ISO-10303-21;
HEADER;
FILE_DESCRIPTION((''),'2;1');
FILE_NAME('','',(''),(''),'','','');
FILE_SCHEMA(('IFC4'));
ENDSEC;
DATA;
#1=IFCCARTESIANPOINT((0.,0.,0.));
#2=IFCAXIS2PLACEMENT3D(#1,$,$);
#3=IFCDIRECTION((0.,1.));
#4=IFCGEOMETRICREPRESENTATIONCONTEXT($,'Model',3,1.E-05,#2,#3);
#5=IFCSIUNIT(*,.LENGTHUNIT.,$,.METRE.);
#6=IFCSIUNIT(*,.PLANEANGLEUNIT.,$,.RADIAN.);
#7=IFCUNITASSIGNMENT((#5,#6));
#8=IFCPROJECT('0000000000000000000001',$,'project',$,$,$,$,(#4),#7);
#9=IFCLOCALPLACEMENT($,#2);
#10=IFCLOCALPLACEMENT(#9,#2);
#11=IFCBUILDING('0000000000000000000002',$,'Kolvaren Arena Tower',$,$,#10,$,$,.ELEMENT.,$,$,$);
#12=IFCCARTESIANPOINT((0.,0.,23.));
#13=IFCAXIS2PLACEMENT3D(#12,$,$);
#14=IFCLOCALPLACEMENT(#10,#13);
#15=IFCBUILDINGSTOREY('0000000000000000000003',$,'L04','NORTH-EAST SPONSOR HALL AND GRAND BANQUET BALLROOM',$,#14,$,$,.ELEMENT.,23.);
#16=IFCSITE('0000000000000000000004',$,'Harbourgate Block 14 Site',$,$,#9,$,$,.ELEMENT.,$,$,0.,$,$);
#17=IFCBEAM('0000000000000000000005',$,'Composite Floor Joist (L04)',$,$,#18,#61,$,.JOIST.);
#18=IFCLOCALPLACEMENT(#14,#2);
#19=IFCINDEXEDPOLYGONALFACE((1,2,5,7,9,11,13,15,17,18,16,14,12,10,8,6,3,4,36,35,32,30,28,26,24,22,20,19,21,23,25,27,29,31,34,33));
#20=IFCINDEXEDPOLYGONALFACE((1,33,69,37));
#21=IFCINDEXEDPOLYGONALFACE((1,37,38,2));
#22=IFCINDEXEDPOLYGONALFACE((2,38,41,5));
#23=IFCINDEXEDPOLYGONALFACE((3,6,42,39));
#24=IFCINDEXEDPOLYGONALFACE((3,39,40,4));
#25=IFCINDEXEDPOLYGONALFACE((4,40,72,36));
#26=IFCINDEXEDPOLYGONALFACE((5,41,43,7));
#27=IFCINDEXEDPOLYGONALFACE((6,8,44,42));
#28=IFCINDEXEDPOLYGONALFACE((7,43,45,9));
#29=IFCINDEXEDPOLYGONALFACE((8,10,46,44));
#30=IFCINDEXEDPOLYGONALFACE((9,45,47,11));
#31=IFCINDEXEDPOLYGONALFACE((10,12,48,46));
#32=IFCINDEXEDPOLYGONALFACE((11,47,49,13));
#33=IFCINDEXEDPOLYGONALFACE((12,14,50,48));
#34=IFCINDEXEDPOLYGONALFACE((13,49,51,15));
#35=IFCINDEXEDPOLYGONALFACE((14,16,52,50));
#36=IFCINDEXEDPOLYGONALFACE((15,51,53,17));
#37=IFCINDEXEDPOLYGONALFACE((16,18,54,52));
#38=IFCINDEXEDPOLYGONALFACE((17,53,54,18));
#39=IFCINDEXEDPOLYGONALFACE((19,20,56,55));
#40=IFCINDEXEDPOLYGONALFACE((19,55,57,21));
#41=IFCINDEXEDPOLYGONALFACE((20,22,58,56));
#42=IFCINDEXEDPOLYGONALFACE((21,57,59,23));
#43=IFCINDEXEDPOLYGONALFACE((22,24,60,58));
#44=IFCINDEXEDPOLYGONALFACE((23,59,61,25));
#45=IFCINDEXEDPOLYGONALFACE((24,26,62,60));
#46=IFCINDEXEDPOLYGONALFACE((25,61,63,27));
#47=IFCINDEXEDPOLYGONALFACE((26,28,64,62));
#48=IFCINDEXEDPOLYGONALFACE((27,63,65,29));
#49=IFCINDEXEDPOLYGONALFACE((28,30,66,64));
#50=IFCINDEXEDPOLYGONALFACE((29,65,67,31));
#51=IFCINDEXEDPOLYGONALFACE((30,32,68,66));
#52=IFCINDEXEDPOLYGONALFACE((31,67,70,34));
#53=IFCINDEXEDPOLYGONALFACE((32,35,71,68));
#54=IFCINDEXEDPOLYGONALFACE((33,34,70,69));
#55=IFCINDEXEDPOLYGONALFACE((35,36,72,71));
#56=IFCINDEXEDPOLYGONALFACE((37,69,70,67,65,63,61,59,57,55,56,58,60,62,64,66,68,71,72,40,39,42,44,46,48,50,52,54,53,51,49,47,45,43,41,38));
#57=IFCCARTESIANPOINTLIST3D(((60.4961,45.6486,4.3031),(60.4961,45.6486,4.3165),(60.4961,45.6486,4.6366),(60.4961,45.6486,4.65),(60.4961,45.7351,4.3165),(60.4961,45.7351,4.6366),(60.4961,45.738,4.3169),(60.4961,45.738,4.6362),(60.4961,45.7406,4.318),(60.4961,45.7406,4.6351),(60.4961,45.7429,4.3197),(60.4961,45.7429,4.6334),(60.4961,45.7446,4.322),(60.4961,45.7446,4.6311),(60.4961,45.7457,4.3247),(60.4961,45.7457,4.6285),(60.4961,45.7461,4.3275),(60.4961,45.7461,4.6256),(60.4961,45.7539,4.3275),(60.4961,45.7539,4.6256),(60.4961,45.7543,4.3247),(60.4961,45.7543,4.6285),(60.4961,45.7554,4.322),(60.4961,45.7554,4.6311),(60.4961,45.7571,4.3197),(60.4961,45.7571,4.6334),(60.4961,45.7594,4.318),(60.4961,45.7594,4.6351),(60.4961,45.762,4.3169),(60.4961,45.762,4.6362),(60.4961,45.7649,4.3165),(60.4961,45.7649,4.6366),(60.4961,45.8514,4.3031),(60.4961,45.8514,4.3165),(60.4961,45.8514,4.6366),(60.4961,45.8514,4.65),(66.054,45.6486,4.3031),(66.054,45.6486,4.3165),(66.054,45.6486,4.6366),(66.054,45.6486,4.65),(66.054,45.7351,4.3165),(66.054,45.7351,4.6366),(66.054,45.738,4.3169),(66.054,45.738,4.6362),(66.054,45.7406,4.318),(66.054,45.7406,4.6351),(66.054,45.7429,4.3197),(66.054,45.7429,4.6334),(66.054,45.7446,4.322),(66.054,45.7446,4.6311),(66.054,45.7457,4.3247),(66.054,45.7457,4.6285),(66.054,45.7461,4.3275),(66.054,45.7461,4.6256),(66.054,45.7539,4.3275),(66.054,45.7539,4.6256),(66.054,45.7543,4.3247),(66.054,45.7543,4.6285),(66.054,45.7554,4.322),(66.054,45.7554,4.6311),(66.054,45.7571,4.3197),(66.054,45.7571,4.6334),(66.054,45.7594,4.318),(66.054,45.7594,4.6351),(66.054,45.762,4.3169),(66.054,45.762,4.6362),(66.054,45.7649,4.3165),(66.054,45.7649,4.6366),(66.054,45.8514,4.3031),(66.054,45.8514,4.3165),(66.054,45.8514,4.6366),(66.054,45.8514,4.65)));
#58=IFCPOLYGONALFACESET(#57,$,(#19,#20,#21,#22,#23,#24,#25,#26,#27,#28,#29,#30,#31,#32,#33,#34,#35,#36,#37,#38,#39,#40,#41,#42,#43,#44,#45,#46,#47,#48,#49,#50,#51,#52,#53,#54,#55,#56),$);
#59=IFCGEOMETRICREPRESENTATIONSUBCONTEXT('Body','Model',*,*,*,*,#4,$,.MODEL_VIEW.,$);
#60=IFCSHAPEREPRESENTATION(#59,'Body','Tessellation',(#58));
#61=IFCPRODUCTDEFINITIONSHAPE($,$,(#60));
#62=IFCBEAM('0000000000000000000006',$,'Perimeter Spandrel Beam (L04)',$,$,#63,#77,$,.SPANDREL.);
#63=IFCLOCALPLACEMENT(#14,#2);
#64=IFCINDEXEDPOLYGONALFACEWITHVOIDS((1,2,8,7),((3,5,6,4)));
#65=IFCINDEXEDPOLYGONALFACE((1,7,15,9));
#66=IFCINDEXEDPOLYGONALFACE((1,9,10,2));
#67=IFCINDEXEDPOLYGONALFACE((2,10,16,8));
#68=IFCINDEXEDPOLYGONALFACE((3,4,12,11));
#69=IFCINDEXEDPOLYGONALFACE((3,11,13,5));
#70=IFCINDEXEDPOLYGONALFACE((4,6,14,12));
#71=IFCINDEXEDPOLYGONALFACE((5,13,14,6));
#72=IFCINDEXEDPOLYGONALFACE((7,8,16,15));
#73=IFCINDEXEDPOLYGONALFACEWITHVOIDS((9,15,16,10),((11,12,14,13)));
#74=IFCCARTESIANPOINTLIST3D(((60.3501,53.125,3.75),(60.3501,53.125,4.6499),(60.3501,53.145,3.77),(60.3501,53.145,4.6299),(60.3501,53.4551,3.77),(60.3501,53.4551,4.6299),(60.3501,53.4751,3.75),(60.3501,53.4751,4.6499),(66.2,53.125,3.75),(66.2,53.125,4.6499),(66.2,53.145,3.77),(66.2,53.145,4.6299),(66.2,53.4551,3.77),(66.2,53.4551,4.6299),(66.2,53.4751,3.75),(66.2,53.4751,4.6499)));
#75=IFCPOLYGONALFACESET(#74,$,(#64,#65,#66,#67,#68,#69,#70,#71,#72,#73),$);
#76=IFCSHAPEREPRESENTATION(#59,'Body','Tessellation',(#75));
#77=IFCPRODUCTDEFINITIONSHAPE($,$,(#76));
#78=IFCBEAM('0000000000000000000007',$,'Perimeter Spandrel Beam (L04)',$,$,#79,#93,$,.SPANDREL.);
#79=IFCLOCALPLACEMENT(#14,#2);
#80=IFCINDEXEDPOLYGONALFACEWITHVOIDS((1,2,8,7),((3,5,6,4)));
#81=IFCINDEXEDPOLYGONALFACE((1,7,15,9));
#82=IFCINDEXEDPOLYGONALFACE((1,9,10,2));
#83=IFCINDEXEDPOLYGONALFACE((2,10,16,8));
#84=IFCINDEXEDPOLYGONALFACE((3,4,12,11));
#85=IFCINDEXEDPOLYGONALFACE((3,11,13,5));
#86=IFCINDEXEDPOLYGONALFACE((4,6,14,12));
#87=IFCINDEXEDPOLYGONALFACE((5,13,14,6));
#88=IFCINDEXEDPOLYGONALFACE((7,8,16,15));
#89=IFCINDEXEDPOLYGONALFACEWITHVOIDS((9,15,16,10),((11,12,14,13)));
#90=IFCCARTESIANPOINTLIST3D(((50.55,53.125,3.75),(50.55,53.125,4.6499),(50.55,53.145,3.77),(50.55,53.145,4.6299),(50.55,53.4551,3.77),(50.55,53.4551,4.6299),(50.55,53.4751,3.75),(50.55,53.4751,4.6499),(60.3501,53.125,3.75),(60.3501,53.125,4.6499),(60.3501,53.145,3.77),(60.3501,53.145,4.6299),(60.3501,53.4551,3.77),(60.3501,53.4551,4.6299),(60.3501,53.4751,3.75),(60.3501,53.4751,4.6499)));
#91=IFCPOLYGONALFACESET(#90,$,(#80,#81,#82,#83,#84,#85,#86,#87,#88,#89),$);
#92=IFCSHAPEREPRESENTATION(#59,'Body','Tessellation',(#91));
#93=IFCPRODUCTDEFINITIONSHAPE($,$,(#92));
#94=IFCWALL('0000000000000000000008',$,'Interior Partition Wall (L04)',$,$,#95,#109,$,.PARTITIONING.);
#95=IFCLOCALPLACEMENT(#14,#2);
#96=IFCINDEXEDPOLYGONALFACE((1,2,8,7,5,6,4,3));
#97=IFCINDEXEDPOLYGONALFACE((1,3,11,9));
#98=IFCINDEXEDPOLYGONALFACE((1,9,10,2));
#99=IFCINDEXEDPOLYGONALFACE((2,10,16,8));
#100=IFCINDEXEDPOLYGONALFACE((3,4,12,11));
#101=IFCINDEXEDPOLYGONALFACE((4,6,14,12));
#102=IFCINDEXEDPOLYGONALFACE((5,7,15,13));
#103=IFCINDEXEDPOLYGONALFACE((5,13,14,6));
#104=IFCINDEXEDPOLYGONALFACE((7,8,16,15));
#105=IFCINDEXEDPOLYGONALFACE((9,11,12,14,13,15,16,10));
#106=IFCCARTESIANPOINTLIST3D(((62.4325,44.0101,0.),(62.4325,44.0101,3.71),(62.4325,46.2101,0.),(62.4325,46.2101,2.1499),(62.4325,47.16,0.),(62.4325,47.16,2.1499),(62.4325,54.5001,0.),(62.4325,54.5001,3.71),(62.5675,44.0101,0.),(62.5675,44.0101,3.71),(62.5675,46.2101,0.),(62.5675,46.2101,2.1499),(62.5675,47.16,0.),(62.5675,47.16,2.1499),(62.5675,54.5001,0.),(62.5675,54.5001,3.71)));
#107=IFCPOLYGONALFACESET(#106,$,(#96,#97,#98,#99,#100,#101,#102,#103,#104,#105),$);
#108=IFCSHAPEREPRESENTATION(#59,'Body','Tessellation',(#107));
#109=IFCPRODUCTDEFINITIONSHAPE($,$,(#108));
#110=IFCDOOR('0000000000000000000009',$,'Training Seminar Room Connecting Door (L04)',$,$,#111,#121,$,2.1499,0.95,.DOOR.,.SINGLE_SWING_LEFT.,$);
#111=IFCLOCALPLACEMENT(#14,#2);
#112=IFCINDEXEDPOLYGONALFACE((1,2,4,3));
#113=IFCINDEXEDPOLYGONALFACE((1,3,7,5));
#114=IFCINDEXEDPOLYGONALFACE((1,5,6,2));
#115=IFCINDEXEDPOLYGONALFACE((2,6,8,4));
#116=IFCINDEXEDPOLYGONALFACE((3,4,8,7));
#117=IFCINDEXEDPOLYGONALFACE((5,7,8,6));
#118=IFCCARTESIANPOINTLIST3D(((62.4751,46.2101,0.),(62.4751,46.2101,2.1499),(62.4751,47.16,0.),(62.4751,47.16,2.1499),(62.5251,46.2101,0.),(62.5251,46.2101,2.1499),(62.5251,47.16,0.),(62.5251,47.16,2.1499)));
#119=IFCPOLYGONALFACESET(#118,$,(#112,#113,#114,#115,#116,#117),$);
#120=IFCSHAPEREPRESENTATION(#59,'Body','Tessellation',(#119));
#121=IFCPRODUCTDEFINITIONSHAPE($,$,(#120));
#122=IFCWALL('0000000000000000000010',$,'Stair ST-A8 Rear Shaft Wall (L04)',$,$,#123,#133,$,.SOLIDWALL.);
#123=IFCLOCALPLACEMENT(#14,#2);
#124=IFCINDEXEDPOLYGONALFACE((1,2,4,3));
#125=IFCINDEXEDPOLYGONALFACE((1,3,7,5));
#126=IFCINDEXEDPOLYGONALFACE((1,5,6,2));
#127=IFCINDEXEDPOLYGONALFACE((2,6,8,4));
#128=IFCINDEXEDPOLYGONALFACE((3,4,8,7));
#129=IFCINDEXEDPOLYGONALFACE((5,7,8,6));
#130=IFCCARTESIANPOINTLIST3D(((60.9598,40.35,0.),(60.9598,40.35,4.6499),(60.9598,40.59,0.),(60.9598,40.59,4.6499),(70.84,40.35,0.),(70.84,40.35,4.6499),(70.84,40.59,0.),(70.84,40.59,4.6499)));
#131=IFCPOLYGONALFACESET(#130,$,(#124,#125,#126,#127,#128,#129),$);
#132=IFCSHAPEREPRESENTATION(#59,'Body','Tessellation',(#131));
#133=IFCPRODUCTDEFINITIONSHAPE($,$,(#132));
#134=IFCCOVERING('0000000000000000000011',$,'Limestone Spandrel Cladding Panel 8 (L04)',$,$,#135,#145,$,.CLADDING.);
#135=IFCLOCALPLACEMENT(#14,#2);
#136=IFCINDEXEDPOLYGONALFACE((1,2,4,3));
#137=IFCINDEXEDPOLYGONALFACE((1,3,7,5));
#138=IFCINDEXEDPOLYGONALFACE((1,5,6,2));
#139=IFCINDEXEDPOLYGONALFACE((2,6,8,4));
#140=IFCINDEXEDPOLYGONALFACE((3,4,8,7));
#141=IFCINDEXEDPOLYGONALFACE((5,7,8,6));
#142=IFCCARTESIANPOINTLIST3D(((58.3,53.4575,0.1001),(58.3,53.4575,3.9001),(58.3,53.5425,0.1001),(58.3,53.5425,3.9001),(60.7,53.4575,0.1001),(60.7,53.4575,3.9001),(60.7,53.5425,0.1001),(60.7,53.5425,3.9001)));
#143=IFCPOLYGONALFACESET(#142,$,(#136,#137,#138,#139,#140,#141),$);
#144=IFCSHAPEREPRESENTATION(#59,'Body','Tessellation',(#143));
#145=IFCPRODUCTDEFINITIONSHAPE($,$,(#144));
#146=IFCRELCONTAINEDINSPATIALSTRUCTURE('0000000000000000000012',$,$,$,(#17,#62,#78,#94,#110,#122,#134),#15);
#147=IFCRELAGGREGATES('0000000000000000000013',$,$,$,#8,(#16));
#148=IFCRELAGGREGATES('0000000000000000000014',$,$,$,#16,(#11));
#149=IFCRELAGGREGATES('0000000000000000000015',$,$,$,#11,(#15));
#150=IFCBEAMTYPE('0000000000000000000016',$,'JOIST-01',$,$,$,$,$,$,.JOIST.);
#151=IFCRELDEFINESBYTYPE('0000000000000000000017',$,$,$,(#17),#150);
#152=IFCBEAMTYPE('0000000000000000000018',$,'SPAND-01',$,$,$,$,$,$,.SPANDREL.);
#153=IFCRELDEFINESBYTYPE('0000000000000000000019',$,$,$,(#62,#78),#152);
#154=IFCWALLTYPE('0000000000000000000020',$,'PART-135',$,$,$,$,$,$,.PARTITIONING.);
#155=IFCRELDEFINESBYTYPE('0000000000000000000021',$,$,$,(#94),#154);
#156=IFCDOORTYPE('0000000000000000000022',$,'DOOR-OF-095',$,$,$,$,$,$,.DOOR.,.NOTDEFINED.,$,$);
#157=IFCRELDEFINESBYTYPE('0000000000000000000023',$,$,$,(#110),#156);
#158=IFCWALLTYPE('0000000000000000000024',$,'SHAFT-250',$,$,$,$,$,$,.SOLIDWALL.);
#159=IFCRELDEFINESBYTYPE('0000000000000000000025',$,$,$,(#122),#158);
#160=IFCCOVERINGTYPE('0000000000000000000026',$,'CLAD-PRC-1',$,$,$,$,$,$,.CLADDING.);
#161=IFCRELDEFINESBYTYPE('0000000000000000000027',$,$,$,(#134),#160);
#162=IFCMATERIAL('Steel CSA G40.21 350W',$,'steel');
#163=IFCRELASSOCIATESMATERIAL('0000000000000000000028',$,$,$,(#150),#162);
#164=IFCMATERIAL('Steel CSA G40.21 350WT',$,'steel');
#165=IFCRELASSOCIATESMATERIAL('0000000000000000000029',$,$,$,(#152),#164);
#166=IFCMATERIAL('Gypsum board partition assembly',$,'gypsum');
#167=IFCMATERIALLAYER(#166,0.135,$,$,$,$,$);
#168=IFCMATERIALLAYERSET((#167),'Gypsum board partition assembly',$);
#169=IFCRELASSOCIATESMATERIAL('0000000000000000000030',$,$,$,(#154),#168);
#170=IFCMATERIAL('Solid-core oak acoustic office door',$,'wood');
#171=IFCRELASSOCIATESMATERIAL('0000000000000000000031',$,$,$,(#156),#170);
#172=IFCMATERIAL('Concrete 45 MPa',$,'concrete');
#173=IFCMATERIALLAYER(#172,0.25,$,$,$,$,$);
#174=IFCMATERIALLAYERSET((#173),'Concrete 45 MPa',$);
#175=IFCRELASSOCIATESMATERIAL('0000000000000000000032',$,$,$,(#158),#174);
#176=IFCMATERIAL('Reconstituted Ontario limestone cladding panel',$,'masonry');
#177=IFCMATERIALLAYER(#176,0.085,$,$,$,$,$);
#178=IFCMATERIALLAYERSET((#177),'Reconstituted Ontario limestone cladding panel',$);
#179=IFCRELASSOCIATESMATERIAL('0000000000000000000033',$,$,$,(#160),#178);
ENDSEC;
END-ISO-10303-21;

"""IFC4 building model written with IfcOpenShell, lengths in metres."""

from ifc_helpers import new_model, si_unit, direction, frame, frame_2d, origin, origin_2d, place, context, subcontext, project, spatial, rectangle, hollow_rectangle, i_section, extrude, material, layer, layer_set, material_profile, profile_set, type_object, element, fill, save


model = new_model("IFC4")

# Units and contexts
model_context = context("Model", 3, precision=1e-05, world=origin(), true_north=direction((0.0, 1.0)))
body_context = subcontext(model_context, "Body", "Model", "MODEL_VIEW")
ifc_project = project(units=[si_unit("LENGTHUNIT", "METRE"), si_unit("PLANEANGLEUNIT", "RADIAN")], contexts=[model_context])

# Site, building, storey
site_placement = place(None, origin())
site = spatial("IfcSite", under=ifc_project, at=site_placement, Name="Harbourgate Block 14 Site", CompositionType="ELEMENT", RefElevation=0.0)
building_placement = place(site_placement, origin())
building = spatial("IfcBuilding", under=site, at=building_placement, Name="Kolvaren Arena Tower", CompositionType="ELEMENT")
storey_placement = place(building_placement, frame((0.0, 0.0, 23.0)))
storey = spatial("IfcBuildingStorey", under=building, at=storey_placement, Name="L04", Description="NORTH-EAST SPONSOR HALL AND GRAND BANQUET BALLROOM", CompositionType="ELEMENT", Elevation=23.0)

# Beams
ifc_material_1 = material(Name="Steel CSA G40.21 350W", Category="steel")
ifc_material_profile_1 = material_profile(ifc_material_1, i_section(OverallWidth=0.2029, OverallDepth=0.3469, WebThickness=0.0078, FlangeThickness=0.0134, FilletRadius=0.011, at=origin_2d()), Name="W360x64")
ifc_profile_set_1 = profile_set([ifc_material_profile_1], Name="Steel CSA G40.21 350W")
beam_type_1 = type_object("IfcBeamType", Name="JOIST-01", PredefinedType="JOIST", material=ifc_profile_set_1)
beam_1_placement = place(storey_placement, frame((60.4961, 45.75, 4.4766), z_axis=(1.0, 0.0, 0.0), x_axis=(0.0, 1.0, 0.0)))
element("IfcBeam", 1, at=beam_1_placement, inside=storey, type_object=beam_type_1, Name="Composite Floor Joist (L04)", PredefinedType="JOIST", context=body_context, shape_type="SweptSolid", body=[
    extrude(i_section(OverallWidth=0.2029, OverallDepth=0.3469, WebThickness=0.0078, FlangeThickness=0.0134, FilletRadius=0.011, at=origin_2d()), origin(), (0.0, 0.0, 1.0), 5.5579),
])
ifc_material_2 = material(Name="Steel CSA G40.21 350WT", Category="steel")
ifc_material_profile_2 = material_profile(ifc_material_2, hollow_rectangle(XDim=0.3501, YDim=0.8999, WallThickness=0.02, at=origin_2d()), Name="HSS 900x350x20")
ifc_profile_set_2 = profile_set([ifc_material_profile_2], Name="Steel CSA G40.21 350WT")
beam_type_2 = type_object("IfcBeamType", Name="SPAND-01", PredefinedType="SPANDREL", material=ifc_profile_set_2)
beam_2_placement = place(storey_placement, frame((66.2, 53.3, 4.2), z_axis=(-1.0, 0.0, 0.0), x_axis=(0.0, -1.0, 0.0)))
element("IfcBeam", 2, at=beam_2_placement, inside=storey, type_object=beam_type_2, Name="Perimeter Spandrel Beam (L04)", PredefinedType="SPANDREL", context=body_context, shape_type="SweptSolid", body=[
    extrude(hollow_rectangle(XDim=0.3501, YDim=0.8999, WallThickness=0.02, at=origin_2d()), origin(), (0.0, 0.0, 1.0), 5.8499),
])
beam_3_placement = place(storey_placement, frame((60.3501, 53.3, 4.2), z_axis=(-1.0, 0.0, 0.0), x_axis=(0.0, -1.0, 0.0)))
element("IfcBeam", 3, at=beam_3_placement, inside=storey, type_object=beam_type_2, Name="Perimeter Spandrel Beam (L04)", PredefinedType="SPANDREL", context=body_context, shape_type="SweptSolid", body=[
    extrude(hollow_rectangle(XDim=0.3501, YDim=0.8999, WallThickness=0.02, at=origin_2d()), origin(), (0.0, 0.0, 1.0), 9.8),
])

# Wall, opening, door
ifc_material_3 = material(Name="Gypsum board partition assembly", Category="gypsum")
ifc_layer_1 = layer(ifc_material_3, 0.135)
ifc_layer_set_1 = layer_set([ifc_layer_1], Name="Gypsum board partition assembly")
wall_type_1 = type_object("IfcWallType", Name="PART-135", PredefinedType="PARTITIONING", material=ifc_layer_set_1)
wall_1_placement = place(storey_placement, frame((62.5, 44.01, 0.0), z_axis=(0.0, 0.0, 1.0), x_axis=(0.0, 1.0, 0.0)))
wall_1 = element("IfcWall", 4, at=wall_1_placement, inside=storey, type_object=wall_type_1, Name="Interior Partition Wall (L04)", PredefinedType="PARTITIONING", context=body_context, shape_type="SweptSolid", body=[
    extrude(rectangle(XDim=10.49, YDim=0.135, at=frame_2d((5.2451, 0.0))), origin(), (0.0, 0.0, 1.0), 3.71),
])
opening_placement = place(wall_1_placement, frame((2.2, 0.0, 0.0)))
opening = element("IfcOpeningElement", 5, at=opening_placement, cuts=wall_1, PredefinedType="OPENING", context=body_context, shape_type="SweptSolid", body=[
    extrude(rectangle(XDim=0.95, YDim=2.1499, at=frame_2d((0.4751, 1.075))), frame((0.0, 0.0774, 0.0), z_axis=(0.0, -1.0, 0.0), x_axis=(1.0, 0.0, 0.0)), (0.0, 0.0, 1.0), 0.155),
])
ifc_material_4 = material(Name="Solid-core oak acoustic office door", Category="wood")
door_type = type_object("IfcDoorType", Name="DOOR-OF-095", OperationType="NOTDEFINED", PredefinedType="DOOR", material=ifc_material_4)
door_placement = place(opening_placement, origin())
door = element("IfcDoor", 6, at=door_placement, inside=storey, type_object=door_type, Name="Training Seminar Room Connecting Door (L04)", OperationType="SINGLE_SWING_LEFT", OverallHeight=2.1499, OverallWidth=0.95, PredefinedType="DOOR", context=body_context, shape_type="SweptSolid", body=[
    extrude(rectangle(XDim=0.95, YDim=2.1499, at=frame_2d((0.4751, 1.075))), frame((0.0, 0.0249, 0.0), z_axis=(0.0, -1.0, 0.0), x_axis=(1.0, 0.0, 0.0)), (0.0, 0.0, 1.0), 0.05),
])
fill(opening, door)

# Wall
ifc_material_5 = material(Name="Concrete 45 MPa", Category="concrete")
ifc_layer_2 = layer(ifc_material_5, 0.25)
ifc_layer_set_2 = layer_set([ifc_layer_2], Name="Concrete 45 MPa")
wall_type_2 = type_object("IfcWallType", Name="SHAFT-250", PredefinedType="SOLIDWALL", material=ifc_layer_set_2)
wall_2_placement = place(storey_placement, frame((60.96, 40.47, 0.0), z_axis=(0.0, 0.0, 1.0), x_axis=(1.0, 0.0, 0.0)))
element("IfcWall", 7, at=wall_2_placement, inside=storey, type_object=wall_type_2, Name="Stair ST-A8 Rear Shaft Wall (L04)", PredefinedType="SOLIDWALL", context=body_context, shape_type="SweptSolid", body=[
    extrude(rectangle(XDim=9.8801, YDim=0.24, at=frame_2d((4.9399, 0.0))), origin(), (0.0, 0.0, 1.0), 4.6499),
])

# Covering
ifc_material_6 = material(Name="Reconstituted Ontario limestone cladding panel", Category="masonry")
ifc_layer_3 = layer(ifc_material_6, 0.085)
ifc_layer_set_3 = layer_set([ifc_layer_3], Name="Reconstituted Ontario limestone cladding panel")
covering_type = type_object("IfcCoveringType", Name="CLAD-PRC-1", PredefinedType="CLADDING", material=ifc_layer_set_3)
covering_placement = place(storey_placement, frame((59.5, 53.5, 0.1001), z_axis=(0.0, 0.0, 1.0), x_axis=(1.0, 0.0, 0.0)))
element("IfcCovering", 8, at=covering_placement, inside=storey, type_object=covering_type, Name="Limestone Spandrel Cladding Panel 8 (L04)", PredefinedType="CLADDING", context=body_context, shape_type="SweptSolid", body=[
    extrude(rectangle(XDim=2.3999, YDim=0.085, at=origin_2d()), origin(), (0.0, 0.0, 1.0), 3.8),
])

save(model, "model.ifc")
